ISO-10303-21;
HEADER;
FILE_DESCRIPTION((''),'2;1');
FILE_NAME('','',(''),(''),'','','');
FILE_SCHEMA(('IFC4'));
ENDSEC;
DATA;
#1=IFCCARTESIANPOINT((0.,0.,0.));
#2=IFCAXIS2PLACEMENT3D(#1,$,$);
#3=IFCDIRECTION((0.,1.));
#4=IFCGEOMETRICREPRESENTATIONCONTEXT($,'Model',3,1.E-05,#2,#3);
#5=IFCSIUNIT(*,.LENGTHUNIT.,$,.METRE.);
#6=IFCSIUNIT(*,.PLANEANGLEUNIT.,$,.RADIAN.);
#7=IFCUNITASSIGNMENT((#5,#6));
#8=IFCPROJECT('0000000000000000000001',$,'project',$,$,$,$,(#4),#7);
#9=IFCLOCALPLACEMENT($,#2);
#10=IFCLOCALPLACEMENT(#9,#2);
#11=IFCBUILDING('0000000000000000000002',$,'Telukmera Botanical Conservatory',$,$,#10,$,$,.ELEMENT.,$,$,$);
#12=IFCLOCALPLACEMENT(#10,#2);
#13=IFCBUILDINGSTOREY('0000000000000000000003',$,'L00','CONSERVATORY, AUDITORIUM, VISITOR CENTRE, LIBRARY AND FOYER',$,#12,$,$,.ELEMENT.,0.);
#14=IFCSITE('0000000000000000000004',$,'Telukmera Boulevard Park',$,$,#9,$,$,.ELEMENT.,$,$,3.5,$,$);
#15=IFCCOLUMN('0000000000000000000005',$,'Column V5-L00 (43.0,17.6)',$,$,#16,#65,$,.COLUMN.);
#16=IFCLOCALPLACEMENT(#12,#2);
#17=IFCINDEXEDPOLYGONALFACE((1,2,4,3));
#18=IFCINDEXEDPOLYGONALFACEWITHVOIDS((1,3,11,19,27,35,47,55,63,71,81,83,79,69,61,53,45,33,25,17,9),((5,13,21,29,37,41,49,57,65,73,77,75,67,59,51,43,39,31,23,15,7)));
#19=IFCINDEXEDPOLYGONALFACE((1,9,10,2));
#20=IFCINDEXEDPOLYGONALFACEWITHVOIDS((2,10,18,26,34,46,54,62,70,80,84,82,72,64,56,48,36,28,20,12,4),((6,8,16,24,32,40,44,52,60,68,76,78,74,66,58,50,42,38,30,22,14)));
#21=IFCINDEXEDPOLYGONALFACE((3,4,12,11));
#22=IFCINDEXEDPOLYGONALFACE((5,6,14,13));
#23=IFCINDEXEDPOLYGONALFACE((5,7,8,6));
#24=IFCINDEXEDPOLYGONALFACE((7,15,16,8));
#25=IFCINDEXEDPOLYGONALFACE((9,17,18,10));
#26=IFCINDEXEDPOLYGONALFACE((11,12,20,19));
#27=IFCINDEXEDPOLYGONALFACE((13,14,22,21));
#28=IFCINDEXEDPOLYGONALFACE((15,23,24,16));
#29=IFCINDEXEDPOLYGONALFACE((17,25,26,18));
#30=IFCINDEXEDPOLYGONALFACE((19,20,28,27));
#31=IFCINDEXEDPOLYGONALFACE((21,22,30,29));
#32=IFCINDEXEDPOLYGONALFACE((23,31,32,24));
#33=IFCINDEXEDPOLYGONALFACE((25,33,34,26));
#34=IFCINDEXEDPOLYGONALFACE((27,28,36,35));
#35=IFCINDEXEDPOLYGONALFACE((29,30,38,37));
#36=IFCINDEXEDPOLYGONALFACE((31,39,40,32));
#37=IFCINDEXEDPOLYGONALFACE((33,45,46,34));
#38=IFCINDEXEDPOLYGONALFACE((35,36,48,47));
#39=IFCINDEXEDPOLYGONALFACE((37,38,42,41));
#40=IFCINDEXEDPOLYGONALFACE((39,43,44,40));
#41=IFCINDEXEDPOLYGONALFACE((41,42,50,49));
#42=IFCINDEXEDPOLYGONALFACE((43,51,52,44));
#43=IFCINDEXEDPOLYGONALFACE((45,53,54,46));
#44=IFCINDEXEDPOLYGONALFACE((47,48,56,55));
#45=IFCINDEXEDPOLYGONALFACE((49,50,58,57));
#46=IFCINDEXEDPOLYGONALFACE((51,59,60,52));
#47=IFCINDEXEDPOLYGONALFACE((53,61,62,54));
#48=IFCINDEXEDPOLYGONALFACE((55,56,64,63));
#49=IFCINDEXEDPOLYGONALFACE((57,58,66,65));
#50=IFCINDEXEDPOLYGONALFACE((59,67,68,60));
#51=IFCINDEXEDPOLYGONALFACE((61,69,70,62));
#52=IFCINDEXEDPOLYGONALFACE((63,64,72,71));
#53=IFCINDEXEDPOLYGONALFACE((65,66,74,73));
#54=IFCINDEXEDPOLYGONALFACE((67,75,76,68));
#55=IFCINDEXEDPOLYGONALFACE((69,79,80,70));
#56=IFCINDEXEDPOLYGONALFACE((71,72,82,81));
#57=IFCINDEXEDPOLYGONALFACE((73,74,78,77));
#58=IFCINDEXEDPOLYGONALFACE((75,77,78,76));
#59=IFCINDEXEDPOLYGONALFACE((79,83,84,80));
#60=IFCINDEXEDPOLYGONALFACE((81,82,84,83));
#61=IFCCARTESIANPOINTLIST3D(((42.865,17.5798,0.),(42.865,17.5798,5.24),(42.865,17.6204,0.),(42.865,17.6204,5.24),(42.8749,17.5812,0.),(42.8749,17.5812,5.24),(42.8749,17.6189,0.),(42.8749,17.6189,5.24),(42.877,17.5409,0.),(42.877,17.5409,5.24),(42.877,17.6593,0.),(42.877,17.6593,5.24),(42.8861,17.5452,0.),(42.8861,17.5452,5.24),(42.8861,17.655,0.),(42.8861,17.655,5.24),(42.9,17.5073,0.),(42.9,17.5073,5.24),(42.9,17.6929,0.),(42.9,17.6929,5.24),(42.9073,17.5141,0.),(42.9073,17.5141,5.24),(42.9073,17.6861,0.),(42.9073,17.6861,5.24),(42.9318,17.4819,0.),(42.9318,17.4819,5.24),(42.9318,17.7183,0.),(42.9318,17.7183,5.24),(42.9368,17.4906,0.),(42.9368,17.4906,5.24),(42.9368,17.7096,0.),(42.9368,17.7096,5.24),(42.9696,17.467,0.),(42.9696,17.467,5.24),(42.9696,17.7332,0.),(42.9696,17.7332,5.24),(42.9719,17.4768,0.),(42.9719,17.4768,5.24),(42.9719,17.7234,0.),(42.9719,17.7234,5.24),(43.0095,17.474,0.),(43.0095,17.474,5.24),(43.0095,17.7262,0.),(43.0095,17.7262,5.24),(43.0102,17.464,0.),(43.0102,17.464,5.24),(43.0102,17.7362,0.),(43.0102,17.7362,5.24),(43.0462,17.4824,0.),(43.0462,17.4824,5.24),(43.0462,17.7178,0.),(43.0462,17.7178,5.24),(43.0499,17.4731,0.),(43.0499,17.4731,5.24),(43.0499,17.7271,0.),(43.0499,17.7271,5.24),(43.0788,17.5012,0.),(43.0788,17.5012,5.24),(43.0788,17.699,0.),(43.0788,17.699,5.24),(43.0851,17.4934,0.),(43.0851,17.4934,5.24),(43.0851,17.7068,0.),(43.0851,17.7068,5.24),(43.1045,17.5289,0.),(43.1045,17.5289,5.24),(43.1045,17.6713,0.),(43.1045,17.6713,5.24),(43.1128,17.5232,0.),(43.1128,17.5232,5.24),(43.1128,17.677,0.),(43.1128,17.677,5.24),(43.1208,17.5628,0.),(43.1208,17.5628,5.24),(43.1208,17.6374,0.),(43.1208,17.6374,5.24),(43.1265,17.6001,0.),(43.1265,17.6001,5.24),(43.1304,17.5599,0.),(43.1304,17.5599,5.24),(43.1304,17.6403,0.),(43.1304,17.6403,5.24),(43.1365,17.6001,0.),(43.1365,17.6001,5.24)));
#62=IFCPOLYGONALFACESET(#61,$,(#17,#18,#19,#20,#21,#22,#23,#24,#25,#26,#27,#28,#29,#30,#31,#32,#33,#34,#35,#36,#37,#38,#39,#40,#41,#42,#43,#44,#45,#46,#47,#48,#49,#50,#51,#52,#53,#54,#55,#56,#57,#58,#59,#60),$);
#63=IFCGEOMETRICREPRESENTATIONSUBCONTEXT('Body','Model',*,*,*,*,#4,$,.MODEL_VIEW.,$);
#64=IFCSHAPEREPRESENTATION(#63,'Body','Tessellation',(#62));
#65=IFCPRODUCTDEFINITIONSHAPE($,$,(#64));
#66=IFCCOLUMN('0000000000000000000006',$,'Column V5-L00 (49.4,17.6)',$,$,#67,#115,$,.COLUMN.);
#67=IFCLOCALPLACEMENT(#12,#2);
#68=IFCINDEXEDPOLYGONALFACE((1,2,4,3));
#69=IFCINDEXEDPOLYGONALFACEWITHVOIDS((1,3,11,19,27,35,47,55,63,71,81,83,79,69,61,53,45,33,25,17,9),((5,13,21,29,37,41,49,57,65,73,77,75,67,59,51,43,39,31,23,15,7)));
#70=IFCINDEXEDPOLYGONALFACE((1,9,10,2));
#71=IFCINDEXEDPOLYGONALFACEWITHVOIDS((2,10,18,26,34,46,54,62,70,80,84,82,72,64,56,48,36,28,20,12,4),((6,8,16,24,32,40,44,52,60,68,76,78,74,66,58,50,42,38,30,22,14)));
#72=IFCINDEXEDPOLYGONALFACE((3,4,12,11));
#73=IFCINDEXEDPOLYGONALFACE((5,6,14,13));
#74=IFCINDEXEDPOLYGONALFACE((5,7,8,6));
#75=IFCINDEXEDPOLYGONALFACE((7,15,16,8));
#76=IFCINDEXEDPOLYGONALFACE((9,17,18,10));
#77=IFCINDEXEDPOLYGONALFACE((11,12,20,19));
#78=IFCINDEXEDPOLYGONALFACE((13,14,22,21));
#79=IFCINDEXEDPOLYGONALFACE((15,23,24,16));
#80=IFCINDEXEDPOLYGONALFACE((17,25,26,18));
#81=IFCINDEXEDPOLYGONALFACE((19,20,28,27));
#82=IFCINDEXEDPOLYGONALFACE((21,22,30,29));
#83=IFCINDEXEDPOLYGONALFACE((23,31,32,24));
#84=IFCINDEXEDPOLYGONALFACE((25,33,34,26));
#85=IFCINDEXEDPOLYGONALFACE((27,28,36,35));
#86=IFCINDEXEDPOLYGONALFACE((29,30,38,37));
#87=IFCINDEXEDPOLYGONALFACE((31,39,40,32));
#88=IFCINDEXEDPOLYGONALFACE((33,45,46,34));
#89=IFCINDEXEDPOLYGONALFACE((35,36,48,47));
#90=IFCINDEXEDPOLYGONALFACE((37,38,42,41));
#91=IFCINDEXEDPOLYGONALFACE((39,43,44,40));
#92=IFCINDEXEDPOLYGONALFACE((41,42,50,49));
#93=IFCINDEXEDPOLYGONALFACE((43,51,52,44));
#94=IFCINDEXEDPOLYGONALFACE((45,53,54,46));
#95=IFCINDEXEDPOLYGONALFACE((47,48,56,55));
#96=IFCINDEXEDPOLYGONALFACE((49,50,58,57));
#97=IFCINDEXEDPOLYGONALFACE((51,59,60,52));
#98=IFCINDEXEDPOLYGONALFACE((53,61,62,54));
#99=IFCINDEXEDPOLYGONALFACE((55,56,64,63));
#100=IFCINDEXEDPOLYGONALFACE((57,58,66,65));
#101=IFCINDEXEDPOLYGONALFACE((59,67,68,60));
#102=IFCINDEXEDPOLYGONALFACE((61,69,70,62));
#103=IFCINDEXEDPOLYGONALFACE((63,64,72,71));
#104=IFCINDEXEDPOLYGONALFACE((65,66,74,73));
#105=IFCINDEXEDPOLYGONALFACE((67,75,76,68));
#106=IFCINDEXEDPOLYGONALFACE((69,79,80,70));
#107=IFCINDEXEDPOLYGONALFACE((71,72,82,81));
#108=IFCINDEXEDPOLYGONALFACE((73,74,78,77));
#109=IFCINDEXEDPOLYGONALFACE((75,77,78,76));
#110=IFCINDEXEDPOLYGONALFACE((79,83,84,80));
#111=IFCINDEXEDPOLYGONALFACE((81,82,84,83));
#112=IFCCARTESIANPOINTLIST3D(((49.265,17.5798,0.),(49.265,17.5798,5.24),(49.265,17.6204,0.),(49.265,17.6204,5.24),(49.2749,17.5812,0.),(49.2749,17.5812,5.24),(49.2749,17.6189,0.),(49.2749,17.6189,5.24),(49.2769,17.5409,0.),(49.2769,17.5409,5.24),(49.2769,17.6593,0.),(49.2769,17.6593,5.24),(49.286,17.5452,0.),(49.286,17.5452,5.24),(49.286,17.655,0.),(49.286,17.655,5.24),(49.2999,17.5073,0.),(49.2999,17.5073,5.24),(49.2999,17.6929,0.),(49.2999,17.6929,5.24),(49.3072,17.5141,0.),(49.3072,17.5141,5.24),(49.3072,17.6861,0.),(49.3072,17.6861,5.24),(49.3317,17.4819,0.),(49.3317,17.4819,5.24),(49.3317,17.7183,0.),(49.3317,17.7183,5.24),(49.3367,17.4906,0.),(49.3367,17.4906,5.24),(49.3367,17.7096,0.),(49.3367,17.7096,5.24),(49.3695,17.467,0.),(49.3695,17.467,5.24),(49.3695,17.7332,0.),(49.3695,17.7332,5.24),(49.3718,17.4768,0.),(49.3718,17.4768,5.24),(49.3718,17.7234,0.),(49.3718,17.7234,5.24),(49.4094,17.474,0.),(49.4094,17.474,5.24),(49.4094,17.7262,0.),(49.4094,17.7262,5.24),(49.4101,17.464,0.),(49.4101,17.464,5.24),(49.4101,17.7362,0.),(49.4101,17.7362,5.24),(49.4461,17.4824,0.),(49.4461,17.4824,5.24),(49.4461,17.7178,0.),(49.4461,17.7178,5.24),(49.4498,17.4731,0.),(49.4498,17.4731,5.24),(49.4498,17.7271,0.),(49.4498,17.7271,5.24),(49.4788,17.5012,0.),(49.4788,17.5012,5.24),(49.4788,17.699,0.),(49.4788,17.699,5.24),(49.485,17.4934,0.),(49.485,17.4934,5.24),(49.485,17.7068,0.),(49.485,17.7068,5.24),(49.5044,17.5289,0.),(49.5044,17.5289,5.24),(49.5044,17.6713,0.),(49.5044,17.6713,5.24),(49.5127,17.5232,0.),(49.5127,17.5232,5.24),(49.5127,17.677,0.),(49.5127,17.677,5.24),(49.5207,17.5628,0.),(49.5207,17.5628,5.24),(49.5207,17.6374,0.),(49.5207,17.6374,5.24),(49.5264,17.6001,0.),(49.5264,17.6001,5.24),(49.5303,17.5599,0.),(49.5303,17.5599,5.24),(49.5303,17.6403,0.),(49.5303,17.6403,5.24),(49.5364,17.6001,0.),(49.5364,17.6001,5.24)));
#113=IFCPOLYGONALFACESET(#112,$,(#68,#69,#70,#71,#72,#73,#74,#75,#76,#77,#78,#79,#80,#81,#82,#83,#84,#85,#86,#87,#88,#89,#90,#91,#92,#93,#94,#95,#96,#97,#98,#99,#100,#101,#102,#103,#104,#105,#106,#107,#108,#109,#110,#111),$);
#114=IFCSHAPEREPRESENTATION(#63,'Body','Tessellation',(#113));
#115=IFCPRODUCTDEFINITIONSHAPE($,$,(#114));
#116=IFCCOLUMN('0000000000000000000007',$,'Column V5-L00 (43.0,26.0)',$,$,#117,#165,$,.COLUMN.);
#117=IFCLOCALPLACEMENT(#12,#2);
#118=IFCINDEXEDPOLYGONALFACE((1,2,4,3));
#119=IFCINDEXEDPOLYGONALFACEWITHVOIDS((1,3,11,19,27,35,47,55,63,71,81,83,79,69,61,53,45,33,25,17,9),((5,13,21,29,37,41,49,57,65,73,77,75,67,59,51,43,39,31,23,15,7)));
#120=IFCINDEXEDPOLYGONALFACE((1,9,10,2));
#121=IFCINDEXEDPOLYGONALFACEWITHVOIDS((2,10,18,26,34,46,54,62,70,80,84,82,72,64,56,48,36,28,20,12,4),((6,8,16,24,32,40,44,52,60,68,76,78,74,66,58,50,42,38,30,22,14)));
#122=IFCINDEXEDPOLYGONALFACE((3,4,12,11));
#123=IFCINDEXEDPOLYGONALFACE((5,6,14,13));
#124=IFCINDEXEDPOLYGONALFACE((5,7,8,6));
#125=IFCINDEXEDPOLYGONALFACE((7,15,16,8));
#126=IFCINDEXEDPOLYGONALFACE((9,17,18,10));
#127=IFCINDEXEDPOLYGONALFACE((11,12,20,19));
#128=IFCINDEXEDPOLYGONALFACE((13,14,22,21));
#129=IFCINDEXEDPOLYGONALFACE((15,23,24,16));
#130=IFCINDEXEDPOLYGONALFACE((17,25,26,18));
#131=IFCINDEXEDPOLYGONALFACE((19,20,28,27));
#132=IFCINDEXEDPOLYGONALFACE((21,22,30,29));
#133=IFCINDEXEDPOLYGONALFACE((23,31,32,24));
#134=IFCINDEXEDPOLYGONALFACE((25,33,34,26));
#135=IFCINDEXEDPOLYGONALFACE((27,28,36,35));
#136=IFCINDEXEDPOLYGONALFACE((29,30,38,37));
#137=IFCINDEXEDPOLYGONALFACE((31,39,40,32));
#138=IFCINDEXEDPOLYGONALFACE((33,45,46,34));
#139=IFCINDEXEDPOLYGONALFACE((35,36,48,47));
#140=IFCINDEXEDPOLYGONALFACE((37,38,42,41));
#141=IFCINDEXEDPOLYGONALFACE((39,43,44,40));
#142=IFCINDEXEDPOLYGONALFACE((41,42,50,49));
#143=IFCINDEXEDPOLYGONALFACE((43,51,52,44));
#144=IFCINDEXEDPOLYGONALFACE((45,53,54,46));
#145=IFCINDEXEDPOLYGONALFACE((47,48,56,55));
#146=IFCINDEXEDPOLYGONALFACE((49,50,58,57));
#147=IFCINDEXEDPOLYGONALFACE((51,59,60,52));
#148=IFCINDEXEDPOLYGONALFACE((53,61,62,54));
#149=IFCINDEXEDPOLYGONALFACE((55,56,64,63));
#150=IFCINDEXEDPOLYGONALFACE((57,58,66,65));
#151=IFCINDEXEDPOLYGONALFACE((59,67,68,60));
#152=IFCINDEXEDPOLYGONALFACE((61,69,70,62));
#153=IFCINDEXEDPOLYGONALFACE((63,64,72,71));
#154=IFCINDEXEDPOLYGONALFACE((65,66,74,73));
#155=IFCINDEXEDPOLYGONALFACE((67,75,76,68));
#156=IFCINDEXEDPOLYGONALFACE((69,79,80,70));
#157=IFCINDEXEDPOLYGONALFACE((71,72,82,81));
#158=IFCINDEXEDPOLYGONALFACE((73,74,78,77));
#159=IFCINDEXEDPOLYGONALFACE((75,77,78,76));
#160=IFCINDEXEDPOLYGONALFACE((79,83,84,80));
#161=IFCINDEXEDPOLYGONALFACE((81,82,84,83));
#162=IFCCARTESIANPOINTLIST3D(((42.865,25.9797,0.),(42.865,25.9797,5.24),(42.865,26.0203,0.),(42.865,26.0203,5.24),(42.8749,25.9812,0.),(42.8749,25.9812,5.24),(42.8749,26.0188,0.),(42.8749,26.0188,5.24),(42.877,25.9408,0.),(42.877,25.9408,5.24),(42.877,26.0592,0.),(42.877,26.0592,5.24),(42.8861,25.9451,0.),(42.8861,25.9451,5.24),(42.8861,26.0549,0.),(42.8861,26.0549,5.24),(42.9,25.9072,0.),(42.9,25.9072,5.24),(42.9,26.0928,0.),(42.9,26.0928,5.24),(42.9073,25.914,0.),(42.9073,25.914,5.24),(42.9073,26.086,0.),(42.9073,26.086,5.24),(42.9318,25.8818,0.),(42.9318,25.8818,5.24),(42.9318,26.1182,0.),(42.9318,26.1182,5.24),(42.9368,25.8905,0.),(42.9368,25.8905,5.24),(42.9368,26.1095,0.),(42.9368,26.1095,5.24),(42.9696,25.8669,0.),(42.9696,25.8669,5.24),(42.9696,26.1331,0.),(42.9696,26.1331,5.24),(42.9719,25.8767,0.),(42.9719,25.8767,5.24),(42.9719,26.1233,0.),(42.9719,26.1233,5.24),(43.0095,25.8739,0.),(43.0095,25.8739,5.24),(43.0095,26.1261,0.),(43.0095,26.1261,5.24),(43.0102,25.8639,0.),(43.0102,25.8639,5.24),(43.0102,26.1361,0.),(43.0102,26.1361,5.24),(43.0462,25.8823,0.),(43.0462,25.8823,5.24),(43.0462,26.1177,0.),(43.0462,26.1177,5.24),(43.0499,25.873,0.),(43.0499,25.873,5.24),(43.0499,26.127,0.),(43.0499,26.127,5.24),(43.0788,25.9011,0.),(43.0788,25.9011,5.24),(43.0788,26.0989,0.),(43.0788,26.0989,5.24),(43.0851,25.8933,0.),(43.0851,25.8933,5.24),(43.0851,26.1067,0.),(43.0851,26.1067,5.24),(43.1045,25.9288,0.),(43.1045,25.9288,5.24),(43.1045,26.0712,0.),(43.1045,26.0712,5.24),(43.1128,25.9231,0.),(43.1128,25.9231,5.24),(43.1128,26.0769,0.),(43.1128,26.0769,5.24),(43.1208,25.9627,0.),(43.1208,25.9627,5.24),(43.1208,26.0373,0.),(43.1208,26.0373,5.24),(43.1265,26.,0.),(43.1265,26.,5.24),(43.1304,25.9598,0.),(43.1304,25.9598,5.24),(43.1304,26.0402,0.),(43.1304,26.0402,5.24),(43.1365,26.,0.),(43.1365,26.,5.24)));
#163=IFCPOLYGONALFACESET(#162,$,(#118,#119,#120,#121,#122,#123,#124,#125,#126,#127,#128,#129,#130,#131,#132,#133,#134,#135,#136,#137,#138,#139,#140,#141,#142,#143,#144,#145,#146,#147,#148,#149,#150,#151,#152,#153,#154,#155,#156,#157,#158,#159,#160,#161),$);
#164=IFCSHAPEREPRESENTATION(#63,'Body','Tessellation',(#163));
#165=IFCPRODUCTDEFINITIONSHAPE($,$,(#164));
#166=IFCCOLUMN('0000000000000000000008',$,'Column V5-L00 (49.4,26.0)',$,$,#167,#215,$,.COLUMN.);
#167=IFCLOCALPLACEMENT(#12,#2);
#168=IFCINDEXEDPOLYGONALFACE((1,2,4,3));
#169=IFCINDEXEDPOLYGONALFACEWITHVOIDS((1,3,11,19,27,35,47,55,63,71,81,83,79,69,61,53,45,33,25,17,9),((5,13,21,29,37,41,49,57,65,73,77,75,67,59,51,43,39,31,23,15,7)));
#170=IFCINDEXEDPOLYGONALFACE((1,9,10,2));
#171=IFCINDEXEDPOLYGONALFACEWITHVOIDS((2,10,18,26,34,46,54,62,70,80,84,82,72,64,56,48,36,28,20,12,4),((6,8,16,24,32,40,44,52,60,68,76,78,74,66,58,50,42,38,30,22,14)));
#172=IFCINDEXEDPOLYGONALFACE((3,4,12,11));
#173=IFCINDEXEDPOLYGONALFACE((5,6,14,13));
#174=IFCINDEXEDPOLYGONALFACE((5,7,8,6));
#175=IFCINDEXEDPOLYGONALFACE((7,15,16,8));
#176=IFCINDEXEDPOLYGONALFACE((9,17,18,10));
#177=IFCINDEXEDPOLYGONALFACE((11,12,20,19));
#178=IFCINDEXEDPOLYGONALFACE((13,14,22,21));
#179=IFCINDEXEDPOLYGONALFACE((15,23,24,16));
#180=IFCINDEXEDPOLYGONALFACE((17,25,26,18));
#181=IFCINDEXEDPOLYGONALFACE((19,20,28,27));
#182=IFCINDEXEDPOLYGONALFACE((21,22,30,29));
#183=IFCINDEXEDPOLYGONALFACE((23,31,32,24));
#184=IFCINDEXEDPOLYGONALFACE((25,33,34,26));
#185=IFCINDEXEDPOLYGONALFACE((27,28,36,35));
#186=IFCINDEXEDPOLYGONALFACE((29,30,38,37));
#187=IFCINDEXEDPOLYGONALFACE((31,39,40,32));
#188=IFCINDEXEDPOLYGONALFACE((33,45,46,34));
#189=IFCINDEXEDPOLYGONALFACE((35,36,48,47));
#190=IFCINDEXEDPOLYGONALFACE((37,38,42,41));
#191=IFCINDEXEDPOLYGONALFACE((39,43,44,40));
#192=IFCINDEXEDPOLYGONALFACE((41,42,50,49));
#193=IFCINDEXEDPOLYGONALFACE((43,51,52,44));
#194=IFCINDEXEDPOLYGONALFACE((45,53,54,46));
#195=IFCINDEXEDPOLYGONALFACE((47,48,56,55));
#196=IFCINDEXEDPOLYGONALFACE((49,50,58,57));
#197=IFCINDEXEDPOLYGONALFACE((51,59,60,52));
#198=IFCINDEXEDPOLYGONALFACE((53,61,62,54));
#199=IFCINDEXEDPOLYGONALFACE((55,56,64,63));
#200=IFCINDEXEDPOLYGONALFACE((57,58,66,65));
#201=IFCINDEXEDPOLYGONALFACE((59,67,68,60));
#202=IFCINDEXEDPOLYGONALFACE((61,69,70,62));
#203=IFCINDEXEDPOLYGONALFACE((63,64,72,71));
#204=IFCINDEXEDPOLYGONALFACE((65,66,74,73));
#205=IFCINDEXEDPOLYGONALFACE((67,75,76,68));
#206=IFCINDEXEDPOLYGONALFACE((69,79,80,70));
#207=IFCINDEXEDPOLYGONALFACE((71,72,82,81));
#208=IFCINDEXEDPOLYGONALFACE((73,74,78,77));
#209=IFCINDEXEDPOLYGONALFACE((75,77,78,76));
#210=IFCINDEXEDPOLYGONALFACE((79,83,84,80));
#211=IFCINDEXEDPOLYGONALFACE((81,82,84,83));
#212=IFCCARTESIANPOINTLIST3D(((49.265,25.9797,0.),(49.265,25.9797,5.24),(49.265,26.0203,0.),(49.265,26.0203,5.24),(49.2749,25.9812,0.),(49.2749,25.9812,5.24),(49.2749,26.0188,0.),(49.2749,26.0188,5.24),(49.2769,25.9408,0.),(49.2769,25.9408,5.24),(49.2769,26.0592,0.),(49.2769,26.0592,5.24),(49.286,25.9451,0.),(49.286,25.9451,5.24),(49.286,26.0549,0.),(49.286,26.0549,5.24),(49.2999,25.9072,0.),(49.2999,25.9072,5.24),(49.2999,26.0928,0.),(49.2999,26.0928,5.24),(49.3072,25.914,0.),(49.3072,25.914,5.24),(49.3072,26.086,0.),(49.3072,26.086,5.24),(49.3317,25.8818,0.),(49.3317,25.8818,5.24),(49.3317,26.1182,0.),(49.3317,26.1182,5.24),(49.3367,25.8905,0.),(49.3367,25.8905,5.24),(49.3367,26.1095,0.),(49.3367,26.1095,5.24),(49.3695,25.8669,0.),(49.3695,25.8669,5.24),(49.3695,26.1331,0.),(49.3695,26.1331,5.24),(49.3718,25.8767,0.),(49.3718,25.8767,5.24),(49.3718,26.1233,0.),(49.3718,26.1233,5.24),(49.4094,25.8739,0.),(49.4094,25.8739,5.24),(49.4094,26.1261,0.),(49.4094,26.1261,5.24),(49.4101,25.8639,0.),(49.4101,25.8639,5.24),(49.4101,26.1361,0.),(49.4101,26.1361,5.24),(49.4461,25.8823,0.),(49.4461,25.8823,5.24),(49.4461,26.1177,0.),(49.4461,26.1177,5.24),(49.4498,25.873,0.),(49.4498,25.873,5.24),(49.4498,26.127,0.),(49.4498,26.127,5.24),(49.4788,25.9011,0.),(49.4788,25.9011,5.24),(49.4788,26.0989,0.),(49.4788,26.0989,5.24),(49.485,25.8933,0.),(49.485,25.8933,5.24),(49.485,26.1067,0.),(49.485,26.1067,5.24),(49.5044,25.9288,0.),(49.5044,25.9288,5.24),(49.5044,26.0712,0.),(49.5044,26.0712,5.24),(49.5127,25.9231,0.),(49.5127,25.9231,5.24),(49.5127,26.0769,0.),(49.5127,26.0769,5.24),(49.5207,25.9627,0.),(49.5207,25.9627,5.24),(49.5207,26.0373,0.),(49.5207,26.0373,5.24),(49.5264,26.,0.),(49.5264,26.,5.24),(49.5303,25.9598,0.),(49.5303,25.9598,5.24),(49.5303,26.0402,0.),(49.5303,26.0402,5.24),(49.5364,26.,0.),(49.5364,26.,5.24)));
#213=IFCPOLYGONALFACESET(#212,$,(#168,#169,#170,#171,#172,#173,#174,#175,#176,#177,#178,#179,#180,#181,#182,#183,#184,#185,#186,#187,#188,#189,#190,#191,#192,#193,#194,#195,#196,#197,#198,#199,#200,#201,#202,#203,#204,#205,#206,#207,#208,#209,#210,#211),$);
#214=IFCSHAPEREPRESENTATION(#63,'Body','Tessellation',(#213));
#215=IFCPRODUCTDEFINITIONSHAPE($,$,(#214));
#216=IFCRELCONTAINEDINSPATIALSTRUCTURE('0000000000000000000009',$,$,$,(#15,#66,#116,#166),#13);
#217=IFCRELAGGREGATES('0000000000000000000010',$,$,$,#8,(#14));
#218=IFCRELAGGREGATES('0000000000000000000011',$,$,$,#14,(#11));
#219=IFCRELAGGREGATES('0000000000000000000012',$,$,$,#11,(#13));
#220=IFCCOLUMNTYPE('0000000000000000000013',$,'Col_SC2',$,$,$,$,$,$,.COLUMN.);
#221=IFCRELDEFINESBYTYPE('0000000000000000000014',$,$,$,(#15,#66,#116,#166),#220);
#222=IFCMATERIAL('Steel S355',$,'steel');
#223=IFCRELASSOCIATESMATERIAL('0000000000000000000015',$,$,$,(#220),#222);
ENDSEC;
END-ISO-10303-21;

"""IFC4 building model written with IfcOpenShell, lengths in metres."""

from ifc_helpers import new_model, si_unit, direction, frame, origin, origin_2d, place, context, subcontext, project, spatial, hollow_circle, extrude, material, material_profile, profile_set, type_object, element, save


model = new_model("IFC4")

# Units and contexts
model_context = context("Model", 3, precision=1e-05, world=origin(), true_north=direction((0.0, 1.0)))
body_context = subcontext(model_context, "Body", "Model", "MODEL_VIEW")
ifc_project = project(units=[si_unit("LENGTHUNIT", "METRE"), si_unit("PLANEANGLEUNIT", "RADIAN")], contexts=[model_context])

# Site, building, storey
site_placement = place(None, origin())
site = spatial("IfcSite", under=ifc_project, at=site_placement, Name="Telukmera Boulevard Park", CompositionType="ELEMENT", RefElevation=3.5)
building_placement = place(site_placement, origin())
building = spatial("IfcBuilding", under=site, at=building_placement, Name="Telukmera Botanical Conservatory", CompositionType="ELEMENT")
storey_placement = place(building_placement, origin())
storey = spatial("IfcBuildingStorey", under=building, at=storey_placement, Name="L00", Description="CONSERVATORY, AUDITORIUM, VISITOR CENTRE, LIBRARY AND FOYER", CompositionType="ELEMENT", Elevation=0.0)

# Columns
ifc_material_1 = material(Name="Steel S355", Category="steel")
ifc_material_profile_1 = material_profile(ifc_material_1, hollow_circle(Radius=0.1365, WallThickness=0.01, at=origin_2d()), Name="CHS 273.0x10.0")
ifc_profile_set_1 = profile_set([ifc_material_profile_1], Name="Steel S355")
column_type_1 = type_object("IfcColumnType", Name="Col_SC2", PredefinedType="COLUMN", material=ifc_profile_set_1)
for number, where, z_axis, x_axis, name in (
    (1, (43.0, 17.6001, 0.0), (0.0, 0.0, 1.0), (1.0, 0.0, 0.0), "Column V5-L00 (43.0,17.6)"),
    (2, (49.3999, 17.6001, 0.0), (0.0, 0.0, 1.0), (1.0, 0.0, 0.0), "Column V5-L00 (49.4,17.6)"),
    (3, (43.0, 26.0, 0.0), (0.0, 0.0, 1.0), (1.0, 0.0, 0.0), "Column V5-L00 (43.0,26.0)"),
    (4, (49.3999, 26.0, 0.0), (0.0, 0.0, 1.0), (1.0, 0.0, 0.0), "Column V5-L00 (49.4,26.0)"),
):
    element("IfcColumn", number, at=place(storey_placement, frame(where, z_axis=z_axis, x_axis=x_axis)), inside=storey, type_object=column_type_1, Name=name, PredefinedType="COLUMN", context=body_context, shape_type="SweptSolid", body=[
        extrude(hollow_circle(Radius=0.1365, WallThickness=0.01, at=origin_2d()), origin(), (0.0, 0.0, 1.0), 5.24),
    ])

save(model, "model.ifc")
